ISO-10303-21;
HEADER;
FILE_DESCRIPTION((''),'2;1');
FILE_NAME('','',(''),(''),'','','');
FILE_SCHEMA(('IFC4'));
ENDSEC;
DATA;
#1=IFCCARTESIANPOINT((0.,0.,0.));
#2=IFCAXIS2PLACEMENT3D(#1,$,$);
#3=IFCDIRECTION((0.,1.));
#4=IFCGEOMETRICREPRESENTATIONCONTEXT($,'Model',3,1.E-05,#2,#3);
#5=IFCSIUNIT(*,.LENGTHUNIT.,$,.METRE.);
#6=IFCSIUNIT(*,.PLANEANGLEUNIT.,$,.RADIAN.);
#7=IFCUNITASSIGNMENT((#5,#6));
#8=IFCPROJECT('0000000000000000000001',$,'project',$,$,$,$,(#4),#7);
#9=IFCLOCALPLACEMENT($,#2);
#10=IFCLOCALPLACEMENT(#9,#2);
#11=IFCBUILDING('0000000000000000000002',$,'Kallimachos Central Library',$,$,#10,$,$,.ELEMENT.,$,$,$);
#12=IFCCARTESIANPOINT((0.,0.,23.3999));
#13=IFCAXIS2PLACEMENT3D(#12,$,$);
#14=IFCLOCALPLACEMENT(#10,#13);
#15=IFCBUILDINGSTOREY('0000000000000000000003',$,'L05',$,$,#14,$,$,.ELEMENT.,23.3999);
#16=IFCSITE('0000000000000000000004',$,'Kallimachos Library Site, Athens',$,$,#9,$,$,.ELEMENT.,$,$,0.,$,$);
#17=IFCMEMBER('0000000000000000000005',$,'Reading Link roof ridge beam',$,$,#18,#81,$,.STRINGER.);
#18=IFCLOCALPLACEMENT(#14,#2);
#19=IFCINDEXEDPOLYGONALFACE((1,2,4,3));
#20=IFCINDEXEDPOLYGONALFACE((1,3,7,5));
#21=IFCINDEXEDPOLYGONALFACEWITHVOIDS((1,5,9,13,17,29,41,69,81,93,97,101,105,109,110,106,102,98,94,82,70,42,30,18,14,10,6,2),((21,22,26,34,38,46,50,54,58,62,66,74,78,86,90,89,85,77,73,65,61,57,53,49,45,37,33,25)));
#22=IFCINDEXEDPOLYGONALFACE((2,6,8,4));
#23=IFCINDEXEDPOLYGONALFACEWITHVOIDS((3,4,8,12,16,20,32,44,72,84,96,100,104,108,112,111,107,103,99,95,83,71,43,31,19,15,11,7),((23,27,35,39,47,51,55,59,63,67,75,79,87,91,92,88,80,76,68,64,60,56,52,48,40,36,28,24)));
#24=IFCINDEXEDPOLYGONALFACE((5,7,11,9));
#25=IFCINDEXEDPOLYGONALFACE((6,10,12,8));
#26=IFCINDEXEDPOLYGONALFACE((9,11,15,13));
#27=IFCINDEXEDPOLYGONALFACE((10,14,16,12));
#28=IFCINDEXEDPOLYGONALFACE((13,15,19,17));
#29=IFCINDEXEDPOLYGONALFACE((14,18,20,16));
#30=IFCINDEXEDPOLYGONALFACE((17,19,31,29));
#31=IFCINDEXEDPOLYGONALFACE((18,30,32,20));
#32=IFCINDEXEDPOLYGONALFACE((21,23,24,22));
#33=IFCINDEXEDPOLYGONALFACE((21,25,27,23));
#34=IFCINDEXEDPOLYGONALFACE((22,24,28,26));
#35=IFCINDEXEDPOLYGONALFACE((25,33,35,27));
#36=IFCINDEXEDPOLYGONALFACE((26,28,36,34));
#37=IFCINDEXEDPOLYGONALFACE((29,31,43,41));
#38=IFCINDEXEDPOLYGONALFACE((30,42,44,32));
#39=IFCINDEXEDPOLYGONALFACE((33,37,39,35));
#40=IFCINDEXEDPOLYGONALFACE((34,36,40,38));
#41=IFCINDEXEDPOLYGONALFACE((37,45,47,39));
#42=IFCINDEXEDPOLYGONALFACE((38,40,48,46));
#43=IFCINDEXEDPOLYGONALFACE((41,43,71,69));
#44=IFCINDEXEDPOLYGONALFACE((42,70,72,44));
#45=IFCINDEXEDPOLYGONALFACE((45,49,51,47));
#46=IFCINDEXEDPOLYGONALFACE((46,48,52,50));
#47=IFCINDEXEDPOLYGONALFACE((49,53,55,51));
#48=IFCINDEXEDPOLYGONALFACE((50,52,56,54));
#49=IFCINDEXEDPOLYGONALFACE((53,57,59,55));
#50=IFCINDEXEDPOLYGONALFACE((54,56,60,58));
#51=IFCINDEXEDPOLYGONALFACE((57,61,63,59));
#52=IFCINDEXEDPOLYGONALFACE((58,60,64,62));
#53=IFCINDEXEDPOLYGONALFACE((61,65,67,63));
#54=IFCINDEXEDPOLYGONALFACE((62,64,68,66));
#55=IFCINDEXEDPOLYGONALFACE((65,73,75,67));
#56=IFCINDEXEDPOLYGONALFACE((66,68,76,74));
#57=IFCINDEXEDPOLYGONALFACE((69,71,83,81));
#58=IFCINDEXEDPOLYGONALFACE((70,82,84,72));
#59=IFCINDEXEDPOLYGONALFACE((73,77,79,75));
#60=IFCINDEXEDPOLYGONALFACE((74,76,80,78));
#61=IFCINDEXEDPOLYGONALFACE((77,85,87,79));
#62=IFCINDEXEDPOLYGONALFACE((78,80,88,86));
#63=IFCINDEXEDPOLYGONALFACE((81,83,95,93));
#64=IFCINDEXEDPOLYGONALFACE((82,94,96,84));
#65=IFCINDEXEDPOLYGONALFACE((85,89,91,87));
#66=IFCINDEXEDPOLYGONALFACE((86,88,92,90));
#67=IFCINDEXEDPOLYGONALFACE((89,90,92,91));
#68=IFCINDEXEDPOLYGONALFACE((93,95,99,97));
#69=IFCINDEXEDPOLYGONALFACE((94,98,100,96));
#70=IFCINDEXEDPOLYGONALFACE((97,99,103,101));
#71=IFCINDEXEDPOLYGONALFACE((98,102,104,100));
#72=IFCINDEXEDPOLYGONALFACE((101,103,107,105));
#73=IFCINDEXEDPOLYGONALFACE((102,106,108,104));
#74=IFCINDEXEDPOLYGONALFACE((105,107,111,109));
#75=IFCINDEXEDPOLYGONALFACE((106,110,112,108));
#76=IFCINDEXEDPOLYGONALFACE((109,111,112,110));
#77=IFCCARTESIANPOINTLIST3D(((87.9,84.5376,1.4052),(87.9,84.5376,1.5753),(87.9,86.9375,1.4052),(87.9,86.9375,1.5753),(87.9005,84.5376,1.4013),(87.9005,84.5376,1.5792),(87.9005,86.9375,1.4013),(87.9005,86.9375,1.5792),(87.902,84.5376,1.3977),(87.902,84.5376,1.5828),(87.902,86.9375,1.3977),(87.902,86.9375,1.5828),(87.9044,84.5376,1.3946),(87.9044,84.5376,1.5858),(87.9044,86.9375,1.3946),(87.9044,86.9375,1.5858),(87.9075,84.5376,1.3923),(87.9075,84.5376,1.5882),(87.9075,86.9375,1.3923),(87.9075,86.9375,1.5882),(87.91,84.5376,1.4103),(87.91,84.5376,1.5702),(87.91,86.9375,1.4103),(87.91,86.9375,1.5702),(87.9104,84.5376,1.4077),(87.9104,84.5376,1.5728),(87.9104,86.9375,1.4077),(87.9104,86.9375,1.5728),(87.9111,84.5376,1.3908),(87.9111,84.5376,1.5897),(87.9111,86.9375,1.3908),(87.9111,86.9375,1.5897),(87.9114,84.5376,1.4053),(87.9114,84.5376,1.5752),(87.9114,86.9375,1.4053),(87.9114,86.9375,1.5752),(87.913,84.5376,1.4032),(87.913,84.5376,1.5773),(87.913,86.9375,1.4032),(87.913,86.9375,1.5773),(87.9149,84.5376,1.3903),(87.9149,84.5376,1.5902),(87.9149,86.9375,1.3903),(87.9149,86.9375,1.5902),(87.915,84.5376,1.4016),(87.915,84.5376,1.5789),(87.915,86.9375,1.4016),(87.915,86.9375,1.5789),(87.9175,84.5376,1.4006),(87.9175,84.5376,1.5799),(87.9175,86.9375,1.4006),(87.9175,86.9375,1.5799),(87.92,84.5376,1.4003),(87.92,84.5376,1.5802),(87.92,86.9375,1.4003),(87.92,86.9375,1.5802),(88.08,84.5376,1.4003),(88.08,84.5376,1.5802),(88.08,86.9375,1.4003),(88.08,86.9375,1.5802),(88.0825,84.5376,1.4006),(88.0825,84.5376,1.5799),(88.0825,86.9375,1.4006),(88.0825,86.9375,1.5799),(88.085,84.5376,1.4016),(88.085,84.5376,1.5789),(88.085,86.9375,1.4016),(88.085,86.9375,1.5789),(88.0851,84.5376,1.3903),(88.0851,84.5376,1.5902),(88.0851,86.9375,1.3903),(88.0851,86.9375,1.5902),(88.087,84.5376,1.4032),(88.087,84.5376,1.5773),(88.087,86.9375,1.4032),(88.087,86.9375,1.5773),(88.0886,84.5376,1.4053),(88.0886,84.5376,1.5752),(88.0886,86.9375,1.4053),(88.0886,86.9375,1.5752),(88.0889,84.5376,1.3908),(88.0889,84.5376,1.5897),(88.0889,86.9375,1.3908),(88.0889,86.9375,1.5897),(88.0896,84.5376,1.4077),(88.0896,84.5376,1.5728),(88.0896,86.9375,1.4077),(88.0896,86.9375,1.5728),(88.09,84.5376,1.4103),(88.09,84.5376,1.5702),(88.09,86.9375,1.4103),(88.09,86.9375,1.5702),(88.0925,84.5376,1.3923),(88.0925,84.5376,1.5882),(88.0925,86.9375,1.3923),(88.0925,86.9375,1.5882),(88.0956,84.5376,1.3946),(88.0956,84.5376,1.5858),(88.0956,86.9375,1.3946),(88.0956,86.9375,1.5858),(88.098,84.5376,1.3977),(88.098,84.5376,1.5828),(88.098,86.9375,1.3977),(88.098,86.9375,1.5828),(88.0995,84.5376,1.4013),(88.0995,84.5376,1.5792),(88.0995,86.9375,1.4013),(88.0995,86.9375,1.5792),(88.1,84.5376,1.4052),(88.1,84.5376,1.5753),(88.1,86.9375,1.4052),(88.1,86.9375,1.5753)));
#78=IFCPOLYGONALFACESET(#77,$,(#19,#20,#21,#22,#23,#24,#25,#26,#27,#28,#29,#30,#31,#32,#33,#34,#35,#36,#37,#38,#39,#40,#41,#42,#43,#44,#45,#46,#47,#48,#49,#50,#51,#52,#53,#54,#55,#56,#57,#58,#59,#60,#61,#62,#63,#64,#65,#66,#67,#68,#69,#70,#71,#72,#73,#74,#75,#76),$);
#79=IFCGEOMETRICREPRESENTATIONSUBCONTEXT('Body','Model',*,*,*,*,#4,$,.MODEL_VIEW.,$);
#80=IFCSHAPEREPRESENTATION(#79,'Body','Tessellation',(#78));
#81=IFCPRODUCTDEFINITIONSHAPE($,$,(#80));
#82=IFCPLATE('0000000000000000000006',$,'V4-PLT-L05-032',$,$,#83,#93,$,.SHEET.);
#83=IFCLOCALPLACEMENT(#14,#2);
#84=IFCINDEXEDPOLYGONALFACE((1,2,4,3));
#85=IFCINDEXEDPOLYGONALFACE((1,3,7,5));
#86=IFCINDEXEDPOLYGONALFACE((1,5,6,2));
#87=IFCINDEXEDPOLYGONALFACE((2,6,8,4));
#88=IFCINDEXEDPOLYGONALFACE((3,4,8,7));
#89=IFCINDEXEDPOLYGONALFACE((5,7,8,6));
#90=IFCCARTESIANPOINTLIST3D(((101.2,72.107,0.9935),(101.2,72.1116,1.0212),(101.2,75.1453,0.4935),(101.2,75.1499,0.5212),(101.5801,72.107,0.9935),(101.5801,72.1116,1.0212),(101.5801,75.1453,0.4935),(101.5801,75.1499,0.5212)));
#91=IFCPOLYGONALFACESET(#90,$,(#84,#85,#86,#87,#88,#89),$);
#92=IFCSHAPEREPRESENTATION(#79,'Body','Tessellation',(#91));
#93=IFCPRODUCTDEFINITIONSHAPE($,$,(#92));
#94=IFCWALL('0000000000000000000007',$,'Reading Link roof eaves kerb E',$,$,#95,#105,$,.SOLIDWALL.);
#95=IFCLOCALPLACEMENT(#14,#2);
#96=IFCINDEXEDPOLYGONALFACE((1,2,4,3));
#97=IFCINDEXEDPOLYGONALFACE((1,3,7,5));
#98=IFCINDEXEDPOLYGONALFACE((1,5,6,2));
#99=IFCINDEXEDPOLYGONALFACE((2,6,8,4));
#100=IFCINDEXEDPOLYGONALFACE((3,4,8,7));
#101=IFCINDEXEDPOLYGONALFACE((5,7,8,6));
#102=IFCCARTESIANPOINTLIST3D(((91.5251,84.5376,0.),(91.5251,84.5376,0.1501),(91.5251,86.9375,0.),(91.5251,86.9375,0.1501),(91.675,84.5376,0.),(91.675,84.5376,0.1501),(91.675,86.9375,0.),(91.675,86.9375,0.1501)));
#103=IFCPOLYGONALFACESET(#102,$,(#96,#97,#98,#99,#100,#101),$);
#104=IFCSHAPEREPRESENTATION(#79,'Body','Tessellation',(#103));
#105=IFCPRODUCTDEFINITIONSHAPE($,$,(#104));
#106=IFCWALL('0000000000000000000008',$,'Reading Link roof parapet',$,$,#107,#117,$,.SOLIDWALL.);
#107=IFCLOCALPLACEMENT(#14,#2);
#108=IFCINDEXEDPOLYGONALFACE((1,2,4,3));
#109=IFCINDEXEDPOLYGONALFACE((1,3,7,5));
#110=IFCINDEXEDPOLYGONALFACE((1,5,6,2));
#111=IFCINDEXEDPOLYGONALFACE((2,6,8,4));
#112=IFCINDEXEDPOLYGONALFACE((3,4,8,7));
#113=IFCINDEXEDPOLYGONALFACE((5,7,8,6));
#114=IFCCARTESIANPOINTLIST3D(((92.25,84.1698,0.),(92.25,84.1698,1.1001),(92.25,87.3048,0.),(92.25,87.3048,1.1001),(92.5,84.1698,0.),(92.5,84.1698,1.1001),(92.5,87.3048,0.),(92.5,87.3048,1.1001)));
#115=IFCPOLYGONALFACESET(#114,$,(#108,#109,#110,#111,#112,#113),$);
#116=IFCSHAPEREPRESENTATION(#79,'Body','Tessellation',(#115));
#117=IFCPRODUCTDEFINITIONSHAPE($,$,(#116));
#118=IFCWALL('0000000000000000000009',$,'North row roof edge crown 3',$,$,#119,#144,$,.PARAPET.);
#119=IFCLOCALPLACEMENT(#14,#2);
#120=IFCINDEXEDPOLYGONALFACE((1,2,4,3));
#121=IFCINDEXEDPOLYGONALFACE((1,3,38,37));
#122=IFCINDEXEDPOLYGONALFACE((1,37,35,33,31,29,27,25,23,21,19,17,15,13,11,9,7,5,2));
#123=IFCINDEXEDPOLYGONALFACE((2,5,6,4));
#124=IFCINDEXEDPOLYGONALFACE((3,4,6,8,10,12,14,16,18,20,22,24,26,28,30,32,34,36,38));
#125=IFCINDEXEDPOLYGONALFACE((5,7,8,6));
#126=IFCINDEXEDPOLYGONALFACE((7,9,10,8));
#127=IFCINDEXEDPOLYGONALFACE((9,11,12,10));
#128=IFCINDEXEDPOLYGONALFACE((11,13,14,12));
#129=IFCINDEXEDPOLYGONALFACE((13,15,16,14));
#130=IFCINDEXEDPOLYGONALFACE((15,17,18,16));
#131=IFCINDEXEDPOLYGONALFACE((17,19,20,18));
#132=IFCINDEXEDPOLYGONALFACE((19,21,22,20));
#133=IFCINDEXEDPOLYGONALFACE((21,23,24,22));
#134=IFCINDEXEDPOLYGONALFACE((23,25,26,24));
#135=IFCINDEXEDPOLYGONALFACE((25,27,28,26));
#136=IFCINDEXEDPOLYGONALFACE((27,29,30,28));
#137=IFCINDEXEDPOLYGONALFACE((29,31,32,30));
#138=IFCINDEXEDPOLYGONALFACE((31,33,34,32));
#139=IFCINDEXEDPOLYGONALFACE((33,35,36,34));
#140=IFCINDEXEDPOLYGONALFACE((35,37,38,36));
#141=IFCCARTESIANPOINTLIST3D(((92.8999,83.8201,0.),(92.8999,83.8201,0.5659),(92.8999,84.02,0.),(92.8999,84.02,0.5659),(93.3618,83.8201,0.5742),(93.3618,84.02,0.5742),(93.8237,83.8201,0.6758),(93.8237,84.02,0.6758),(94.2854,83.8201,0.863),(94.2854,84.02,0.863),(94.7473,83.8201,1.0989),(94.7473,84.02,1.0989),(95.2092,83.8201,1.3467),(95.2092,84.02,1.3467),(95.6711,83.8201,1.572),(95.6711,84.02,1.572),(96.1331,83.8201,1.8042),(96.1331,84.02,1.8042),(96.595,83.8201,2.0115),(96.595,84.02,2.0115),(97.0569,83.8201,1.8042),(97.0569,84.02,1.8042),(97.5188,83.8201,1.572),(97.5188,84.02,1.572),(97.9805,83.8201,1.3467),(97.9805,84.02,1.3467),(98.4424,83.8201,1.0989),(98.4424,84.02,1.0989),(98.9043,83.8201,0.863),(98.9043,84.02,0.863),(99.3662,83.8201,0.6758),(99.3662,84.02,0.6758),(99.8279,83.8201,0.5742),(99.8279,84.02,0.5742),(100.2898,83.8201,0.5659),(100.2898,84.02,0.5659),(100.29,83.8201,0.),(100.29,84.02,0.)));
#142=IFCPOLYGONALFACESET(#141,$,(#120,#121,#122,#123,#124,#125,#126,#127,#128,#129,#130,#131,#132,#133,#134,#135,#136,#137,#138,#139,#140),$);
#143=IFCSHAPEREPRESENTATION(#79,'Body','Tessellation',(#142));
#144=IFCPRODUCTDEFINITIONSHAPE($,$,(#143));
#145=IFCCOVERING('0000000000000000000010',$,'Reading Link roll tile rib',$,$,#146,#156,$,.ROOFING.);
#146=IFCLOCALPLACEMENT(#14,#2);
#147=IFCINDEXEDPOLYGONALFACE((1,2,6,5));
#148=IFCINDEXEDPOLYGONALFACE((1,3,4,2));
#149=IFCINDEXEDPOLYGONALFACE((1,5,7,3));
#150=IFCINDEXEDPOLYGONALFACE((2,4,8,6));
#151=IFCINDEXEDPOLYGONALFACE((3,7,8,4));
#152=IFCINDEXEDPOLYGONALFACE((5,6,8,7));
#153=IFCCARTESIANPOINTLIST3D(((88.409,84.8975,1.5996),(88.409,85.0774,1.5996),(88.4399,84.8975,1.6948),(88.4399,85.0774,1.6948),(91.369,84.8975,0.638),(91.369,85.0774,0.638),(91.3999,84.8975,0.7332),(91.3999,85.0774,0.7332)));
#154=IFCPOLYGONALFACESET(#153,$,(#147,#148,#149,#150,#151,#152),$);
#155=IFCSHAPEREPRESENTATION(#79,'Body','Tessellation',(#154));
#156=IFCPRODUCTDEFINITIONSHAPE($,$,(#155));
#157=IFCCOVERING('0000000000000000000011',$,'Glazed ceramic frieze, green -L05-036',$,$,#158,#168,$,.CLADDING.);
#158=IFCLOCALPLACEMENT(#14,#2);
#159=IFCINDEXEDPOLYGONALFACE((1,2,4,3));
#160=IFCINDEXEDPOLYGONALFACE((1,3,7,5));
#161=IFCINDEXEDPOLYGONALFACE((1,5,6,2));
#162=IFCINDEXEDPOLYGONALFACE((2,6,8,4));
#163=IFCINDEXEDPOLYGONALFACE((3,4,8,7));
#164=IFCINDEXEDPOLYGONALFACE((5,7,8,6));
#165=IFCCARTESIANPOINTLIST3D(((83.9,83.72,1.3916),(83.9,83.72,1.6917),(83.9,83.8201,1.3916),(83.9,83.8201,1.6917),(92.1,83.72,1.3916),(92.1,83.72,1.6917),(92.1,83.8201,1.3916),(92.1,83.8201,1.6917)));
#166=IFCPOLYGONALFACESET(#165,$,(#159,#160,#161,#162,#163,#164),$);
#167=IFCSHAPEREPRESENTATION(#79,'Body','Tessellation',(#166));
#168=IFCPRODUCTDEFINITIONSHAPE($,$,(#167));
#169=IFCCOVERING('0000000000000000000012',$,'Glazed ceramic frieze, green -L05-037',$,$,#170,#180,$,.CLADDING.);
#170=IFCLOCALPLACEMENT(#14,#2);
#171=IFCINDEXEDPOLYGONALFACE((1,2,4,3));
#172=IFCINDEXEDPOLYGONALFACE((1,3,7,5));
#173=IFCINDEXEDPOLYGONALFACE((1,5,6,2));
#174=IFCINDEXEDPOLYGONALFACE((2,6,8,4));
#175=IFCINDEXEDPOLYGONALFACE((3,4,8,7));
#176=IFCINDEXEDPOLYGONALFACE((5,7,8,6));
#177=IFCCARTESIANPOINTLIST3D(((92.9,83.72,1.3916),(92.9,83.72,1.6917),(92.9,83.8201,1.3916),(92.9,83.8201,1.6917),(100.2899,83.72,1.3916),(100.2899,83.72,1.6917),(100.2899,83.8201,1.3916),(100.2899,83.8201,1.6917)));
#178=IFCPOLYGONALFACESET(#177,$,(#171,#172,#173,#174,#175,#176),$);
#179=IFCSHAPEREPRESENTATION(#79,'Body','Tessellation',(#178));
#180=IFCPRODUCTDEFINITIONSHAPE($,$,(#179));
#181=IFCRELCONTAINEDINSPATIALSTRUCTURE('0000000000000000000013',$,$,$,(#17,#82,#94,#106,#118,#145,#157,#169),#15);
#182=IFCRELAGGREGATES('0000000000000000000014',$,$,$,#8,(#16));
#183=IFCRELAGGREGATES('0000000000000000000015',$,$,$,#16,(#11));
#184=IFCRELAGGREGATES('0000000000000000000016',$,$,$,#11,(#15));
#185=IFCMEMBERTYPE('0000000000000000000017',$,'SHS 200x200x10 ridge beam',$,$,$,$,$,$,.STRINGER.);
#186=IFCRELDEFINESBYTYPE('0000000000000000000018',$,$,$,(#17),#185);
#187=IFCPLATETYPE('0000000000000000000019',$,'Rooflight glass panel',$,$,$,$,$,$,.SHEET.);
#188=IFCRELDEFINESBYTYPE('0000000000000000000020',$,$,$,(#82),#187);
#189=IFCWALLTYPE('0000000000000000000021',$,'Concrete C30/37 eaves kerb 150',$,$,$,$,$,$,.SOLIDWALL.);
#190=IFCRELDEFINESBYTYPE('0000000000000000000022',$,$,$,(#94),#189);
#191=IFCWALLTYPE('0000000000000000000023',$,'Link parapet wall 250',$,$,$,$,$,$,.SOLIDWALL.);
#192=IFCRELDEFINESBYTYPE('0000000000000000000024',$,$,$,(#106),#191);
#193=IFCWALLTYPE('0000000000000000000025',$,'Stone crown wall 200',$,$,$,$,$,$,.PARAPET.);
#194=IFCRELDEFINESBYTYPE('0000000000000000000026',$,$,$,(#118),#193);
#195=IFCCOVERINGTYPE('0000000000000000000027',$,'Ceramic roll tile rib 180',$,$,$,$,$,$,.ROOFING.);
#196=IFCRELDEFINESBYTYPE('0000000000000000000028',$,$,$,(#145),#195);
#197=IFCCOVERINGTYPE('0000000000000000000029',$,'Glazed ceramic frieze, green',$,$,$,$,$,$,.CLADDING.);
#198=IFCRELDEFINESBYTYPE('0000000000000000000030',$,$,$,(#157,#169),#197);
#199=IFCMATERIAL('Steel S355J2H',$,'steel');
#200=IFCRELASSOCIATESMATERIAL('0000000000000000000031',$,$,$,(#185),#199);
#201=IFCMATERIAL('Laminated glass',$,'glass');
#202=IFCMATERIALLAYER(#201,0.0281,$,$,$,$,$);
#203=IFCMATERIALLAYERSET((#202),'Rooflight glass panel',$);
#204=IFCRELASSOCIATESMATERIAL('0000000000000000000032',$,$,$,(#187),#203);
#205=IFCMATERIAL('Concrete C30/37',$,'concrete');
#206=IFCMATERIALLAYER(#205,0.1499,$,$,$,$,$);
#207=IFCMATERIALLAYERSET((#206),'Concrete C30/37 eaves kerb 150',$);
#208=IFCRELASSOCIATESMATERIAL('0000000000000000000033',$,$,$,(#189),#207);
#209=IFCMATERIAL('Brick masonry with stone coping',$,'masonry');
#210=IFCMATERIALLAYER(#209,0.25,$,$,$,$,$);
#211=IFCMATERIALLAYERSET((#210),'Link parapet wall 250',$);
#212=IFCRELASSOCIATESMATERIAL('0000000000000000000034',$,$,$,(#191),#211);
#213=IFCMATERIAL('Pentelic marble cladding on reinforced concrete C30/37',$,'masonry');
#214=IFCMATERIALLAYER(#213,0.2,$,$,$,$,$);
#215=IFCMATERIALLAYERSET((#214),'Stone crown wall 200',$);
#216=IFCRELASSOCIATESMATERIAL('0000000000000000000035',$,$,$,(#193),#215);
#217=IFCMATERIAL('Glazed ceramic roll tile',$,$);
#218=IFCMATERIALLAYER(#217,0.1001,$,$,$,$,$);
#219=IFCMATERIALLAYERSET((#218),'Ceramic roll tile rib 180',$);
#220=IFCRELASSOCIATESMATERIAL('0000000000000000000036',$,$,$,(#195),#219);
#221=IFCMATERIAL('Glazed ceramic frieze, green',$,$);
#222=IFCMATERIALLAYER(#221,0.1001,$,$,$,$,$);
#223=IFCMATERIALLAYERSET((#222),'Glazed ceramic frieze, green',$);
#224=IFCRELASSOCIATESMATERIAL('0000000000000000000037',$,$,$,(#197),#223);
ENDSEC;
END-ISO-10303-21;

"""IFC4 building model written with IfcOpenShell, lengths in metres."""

from ifc_helpers import new_model, si_unit, direction, frame, frame_2d, origin, origin_2d, place, context, subcontext, project, spatial, polyline, rectangle, hollow_rectangle, outline, extrude, material, layer, layer_set, material_profile, profile_set, type_object, element, save


model = new_model("IFC4")

# Units and contexts
model_context = context("Model", 3, precision=1e-05, world=origin(), true_north=direction((0.0, 1.0)))
body_context = subcontext(model_context, "Body", "Model", "MODEL_VIEW")
ifc_project = project(units=[si_unit("LENGTHUNIT", "METRE"), si_unit("PLANEANGLEUNIT", "RADIAN")], contexts=[model_context])

# Site, building, storey
site_placement = place(None, origin())
site = spatial("IfcSite", under=ifc_project, at=site_placement, Name="Kallimachos Library Site, Athens", CompositionType="ELEMENT", RefElevation=0.0)
building_placement = place(site_placement, origin())
building = spatial("IfcBuilding", under=site, at=building_placement, Name="Kallimachos Central Library", CompositionType="ELEMENT")
storey_placement = place(building_placement, frame((0.0, 0.0, 23.3999)))
storey = spatial("IfcBuildingStorey", under=building, at=storey_placement, Name="L05", CompositionType="ELEMENT", Elevation=23.3999)

# Member
ifc_material_1 = material(Name="Steel S355J2H", Category="steel")
ifc_material_profile_1 = material_profile(ifc_material_1, hollow_rectangle(XDim=0.2, YDim=0.2, WallThickness=0.01, InnerFilletRadius=0.01, OuterFilletRadius=0.0149, at=origin_2d()), Name="SHS 200x200x10")
ifc_profile_set_1 = profile_set([ifc_material_profile_1], Name="Steel S355J2H")
member_type_1 = type_object("IfcMemberType", Name="SHS 200x200x10 ridge beam", PredefinedType="STRINGER", material=ifc_profile_set_1)
member_1_placement = place(storey_placement, frame((88.0, 84.5376, 1.4902), z_axis=(0.0, 1.0, 0.0), x_axis=(-1.0, 0.0, 0.0)))
element("IfcMember", 1, at=member_1_placement, inside=storey, type_object=member_type_1, Name="Reading Link roof ridge beam", PredefinedType="STRINGER", context=body_context, shape_type="SweptSolid", body=[
    extrude(hollow_rectangle(XDim=0.2, YDim=0.2, WallThickness=0.01, InnerFilletRadius=0.01, OuterFilletRadius=0.0149, at=origin_2d()), origin(), (0.0, 0.0, 1.0), 2.3999),
])

# Plate
ifc_material_2 = material(Name="Laminated glass", Category="glass")
ifc_layer_1 = layer(ifc_material_2, 0.0281)
ifc_layer_set_1 = layer_set([ifc_layer_1], Name="Rooflight glass panel")
plate_type = type_object("IfcPlateType", Name="Rooflight glass panel", PredefinedType="SHEET", material=ifc_layer_set_1)
plate_placement = place(storey_placement, frame((101.2, 75.1499, 0.5212), z_axis=(0.0, 0.16238, 0.986728), x_axis=(1.0, 0.0, 0.0)))
element("IfcPlate", 2, at=plate_placement, inside=storey, type_object=plate_type, Name="V4-PLT-L05-032", PredefinedType="SHEET", context=body_context, shape_type="SweptSolid", body=[
    extrude(outline(polyline([(0.0, 0.0), (0.3801, 0.0), (0.3801, -3.0792), (0.0, -3.0792), (0.0, 0.0)])), origin(), (0.0, 0.0, -1.0), 0.0281),
])

# Walls
ifc_material_3 = material(Name="Concrete C30/37", Category="concrete")
ifc_layer_2 = layer(ifc_material_3, 0.1499)
ifc_layer_set_2 = layer_set([ifc_layer_2], Name="Concrete C30/37 eaves kerb 150")
wall_type_1 = type_object("IfcWallType", Name="Concrete C30/37 eaves kerb 150", PredefinedType="SOLIDWALL", material=ifc_layer_set_2)
wall_1_placement = place(storey_placement, frame((91.6001, 84.5376, 0.0), z_axis=(0.0, 0.0, 1.0), x_axis=(0.0, 1.0, 0.0)))
element("IfcWall", 3, at=wall_1_placement, inside=storey, type_object=wall_type_1, Name="Reading Link roof eaves kerb E", PredefinedType="SOLIDWALL", context=body_context, shape_type="SweptSolid", body=[
    extrude(rectangle(XDim=2.3999, YDim=0.1499, at=frame_2d((1.2, 0.0))), origin(), (0.0, 0.0, 1.0), 0.1501),
])
ifc_material_4 = material(Name="Brick masonry with stone coping", Category="masonry")
ifc_layer_3 = layer(ifc_material_4, 0.25)
ifc_layer_set_3 = layer_set([ifc_layer_3], Name="Link parapet wall 250")
wall_type_2 = type_object("IfcWallType", Name="Link parapet wall 250", PredefinedType="SOLIDWALL", material=ifc_layer_set_3)
wall_2_placement = place(storey_placement, frame((92.375, 84.1699, 0.0), z_axis=(0.0, 0.0, 1.0), x_axis=(0.0, 1.0, 0.0)))
element("IfcWall", 4, at=wall_2_placement, inside=storey, type_object=wall_type_2, Name="Reading Link roof parapet", PredefinedType="SOLIDWALL", context=body_context, shape_type="SweptSolid", body=[
    extrude(rectangle(XDim=3.135, YDim=0.25, at=frame_2d((1.5674, 0.0))), origin(), (0.0, 0.0, 1.0), 1.1001),
])
ifc_material_5 = material(Name="Pentelic marble cladding on reinforced concrete C30/37", Category="masonry")
ifc_layer_4 = layer(ifc_material_5, 0.2)
ifc_layer_set_4 = layer_set([ifc_layer_4], Name="Stone crown wall 200")
wall_type_3 = type_object("IfcWallType", Name="Stone crown wall 200", PredefinedType="PARAPET", material=ifc_layer_set_4)
wall_3_placement = place(storey_placement, frame((92.8999, 83.9199, 0.0), z_axis=(0.0, 0.0, 1.0), x_axis=(1.0, 0.0, 0.0)))
element("IfcWall", 5, at=wall_3_placement, inside=storey, type_object=wall_type_3, Name="North row roof edge crown 3", PredefinedType="PARAPET", context=body_context, shape_type="SweptSolid", body=[
    extrude(outline(polyline([(0.0, 0.0), (7.3901, 0.0), (7.3899, 0.5659), (6.928, 0.5742), (6.4663, 0.6758), (6.0044, 0.863), (5.5425, 1.0989), (5.0806, 1.3467), (4.6189, 1.572), (4.157, 1.8042), (3.6951, 2.0115), (3.2332, 1.8042), (2.7712, 1.572), (2.3093, 1.3467), (1.8474, 1.0989), (1.3855, 0.863), (0.9238, 0.6758), (0.4619, 0.5742), (0.0, 0.5659), (0.0, 0.0)])), frame((0.0, 0.1001, 0.0), z_axis=(0.0, -1.0, 0.0), x_axis=(1.0, 0.0, 0.0)), (0.0, 0.0, 1.0), 0.2),
])

# Coverings
ifc_material_6 = material(Name="Glazed ceramic roll tile")
ifc_layer_5 = layer(ifc_material_6, 0.1001)
ifc_layer_set_5 = layer_set([ifc_layer_5], Name="Ceramic roll tile rib 180")
covering_type_1 = type_object("IfcCoveringType", Name="Ceramic roll tile rib 180", PredefinedType="ROOFING", material=ifc_layer_set_5)
covering_1_placement = place(storey_placement, frame((91.3999, 84.8975, 0.7332), z_axis=(0.308994, 0.0, 0.951064), x_axis=(-0.951064, 0.0, 0.308994)))
element("IfcCovering", 6, at=covering_1_placement, inside=storey, type_object=covering_type_1, Name="Reading Link roll tile rib", PredefinedType="ROOFING", context=body_context, shape_type="SweptSolid", body=[
    extrude(outline(polyline([(0.0, 0.0), (3.1123, 0.0), (3.1123, -0.1799), (0.0, -0.1799), (0.0, 0.0)])), origin(), (0.0, 0.0, -1.0), 0.1001),
])
ifc_material_7 = material(Name="Glazed ceramic frieze, green")
ifc_layer_6 = layer(ifc_material_7, 0.1001)
ifc_layer_set_6 = layer_set([ifc_layer_6], Name="Glazed ceramic frieze, green")
covering_type_2 = type_object("IfcCoveringType", Name="Glazed ceramic frieze, green", PredefinedType="CLADDING", material=ifc_layer_set_6)
covering_2_placement = place(storey_placement, frame((88.0, 83.77, 1.3916), z_axis=(0.0, 0.0, 1.0), x_axis=(1.0, 0.0, 0.0)))
element("IfcCovering", 7, at=covering_2_placement, inside=storey, type_object=covering_type_2, Name="Glazed ceramic frieze, green -L05-036", PredefinedType="CLADDING", context=body_context, shape_type="SweptSolid", body=[
    extrude(rectangle(XDim=8.2, YDim=0.1001, at=origin_2d()), origin(), (0.0, 0.0, 1.0), 0.3),
])
covering_3_placement = place(storey_placement, frame((96.595, 83.77, 1.3916), z_axis=(0.0, 0.0, 1.0), x_axis=(1.0, 0.0, 0.0)))
element("IfcCovering", 8, at=covering_3_placement, inside=storey, type_object=covering_type_2, Name="Glazed ceramic frieze, green -L05-037", PredefinedType="CLADDING", context=body_context, shape_type="SweptSolid", body=[
    extrude(rectangle(XDim=7.3899, YDim=0.1001, at=origin_2d()), origin(), (0.0, 0.0, 1.0), 0.3),
])

save(model, "model.ifc")
